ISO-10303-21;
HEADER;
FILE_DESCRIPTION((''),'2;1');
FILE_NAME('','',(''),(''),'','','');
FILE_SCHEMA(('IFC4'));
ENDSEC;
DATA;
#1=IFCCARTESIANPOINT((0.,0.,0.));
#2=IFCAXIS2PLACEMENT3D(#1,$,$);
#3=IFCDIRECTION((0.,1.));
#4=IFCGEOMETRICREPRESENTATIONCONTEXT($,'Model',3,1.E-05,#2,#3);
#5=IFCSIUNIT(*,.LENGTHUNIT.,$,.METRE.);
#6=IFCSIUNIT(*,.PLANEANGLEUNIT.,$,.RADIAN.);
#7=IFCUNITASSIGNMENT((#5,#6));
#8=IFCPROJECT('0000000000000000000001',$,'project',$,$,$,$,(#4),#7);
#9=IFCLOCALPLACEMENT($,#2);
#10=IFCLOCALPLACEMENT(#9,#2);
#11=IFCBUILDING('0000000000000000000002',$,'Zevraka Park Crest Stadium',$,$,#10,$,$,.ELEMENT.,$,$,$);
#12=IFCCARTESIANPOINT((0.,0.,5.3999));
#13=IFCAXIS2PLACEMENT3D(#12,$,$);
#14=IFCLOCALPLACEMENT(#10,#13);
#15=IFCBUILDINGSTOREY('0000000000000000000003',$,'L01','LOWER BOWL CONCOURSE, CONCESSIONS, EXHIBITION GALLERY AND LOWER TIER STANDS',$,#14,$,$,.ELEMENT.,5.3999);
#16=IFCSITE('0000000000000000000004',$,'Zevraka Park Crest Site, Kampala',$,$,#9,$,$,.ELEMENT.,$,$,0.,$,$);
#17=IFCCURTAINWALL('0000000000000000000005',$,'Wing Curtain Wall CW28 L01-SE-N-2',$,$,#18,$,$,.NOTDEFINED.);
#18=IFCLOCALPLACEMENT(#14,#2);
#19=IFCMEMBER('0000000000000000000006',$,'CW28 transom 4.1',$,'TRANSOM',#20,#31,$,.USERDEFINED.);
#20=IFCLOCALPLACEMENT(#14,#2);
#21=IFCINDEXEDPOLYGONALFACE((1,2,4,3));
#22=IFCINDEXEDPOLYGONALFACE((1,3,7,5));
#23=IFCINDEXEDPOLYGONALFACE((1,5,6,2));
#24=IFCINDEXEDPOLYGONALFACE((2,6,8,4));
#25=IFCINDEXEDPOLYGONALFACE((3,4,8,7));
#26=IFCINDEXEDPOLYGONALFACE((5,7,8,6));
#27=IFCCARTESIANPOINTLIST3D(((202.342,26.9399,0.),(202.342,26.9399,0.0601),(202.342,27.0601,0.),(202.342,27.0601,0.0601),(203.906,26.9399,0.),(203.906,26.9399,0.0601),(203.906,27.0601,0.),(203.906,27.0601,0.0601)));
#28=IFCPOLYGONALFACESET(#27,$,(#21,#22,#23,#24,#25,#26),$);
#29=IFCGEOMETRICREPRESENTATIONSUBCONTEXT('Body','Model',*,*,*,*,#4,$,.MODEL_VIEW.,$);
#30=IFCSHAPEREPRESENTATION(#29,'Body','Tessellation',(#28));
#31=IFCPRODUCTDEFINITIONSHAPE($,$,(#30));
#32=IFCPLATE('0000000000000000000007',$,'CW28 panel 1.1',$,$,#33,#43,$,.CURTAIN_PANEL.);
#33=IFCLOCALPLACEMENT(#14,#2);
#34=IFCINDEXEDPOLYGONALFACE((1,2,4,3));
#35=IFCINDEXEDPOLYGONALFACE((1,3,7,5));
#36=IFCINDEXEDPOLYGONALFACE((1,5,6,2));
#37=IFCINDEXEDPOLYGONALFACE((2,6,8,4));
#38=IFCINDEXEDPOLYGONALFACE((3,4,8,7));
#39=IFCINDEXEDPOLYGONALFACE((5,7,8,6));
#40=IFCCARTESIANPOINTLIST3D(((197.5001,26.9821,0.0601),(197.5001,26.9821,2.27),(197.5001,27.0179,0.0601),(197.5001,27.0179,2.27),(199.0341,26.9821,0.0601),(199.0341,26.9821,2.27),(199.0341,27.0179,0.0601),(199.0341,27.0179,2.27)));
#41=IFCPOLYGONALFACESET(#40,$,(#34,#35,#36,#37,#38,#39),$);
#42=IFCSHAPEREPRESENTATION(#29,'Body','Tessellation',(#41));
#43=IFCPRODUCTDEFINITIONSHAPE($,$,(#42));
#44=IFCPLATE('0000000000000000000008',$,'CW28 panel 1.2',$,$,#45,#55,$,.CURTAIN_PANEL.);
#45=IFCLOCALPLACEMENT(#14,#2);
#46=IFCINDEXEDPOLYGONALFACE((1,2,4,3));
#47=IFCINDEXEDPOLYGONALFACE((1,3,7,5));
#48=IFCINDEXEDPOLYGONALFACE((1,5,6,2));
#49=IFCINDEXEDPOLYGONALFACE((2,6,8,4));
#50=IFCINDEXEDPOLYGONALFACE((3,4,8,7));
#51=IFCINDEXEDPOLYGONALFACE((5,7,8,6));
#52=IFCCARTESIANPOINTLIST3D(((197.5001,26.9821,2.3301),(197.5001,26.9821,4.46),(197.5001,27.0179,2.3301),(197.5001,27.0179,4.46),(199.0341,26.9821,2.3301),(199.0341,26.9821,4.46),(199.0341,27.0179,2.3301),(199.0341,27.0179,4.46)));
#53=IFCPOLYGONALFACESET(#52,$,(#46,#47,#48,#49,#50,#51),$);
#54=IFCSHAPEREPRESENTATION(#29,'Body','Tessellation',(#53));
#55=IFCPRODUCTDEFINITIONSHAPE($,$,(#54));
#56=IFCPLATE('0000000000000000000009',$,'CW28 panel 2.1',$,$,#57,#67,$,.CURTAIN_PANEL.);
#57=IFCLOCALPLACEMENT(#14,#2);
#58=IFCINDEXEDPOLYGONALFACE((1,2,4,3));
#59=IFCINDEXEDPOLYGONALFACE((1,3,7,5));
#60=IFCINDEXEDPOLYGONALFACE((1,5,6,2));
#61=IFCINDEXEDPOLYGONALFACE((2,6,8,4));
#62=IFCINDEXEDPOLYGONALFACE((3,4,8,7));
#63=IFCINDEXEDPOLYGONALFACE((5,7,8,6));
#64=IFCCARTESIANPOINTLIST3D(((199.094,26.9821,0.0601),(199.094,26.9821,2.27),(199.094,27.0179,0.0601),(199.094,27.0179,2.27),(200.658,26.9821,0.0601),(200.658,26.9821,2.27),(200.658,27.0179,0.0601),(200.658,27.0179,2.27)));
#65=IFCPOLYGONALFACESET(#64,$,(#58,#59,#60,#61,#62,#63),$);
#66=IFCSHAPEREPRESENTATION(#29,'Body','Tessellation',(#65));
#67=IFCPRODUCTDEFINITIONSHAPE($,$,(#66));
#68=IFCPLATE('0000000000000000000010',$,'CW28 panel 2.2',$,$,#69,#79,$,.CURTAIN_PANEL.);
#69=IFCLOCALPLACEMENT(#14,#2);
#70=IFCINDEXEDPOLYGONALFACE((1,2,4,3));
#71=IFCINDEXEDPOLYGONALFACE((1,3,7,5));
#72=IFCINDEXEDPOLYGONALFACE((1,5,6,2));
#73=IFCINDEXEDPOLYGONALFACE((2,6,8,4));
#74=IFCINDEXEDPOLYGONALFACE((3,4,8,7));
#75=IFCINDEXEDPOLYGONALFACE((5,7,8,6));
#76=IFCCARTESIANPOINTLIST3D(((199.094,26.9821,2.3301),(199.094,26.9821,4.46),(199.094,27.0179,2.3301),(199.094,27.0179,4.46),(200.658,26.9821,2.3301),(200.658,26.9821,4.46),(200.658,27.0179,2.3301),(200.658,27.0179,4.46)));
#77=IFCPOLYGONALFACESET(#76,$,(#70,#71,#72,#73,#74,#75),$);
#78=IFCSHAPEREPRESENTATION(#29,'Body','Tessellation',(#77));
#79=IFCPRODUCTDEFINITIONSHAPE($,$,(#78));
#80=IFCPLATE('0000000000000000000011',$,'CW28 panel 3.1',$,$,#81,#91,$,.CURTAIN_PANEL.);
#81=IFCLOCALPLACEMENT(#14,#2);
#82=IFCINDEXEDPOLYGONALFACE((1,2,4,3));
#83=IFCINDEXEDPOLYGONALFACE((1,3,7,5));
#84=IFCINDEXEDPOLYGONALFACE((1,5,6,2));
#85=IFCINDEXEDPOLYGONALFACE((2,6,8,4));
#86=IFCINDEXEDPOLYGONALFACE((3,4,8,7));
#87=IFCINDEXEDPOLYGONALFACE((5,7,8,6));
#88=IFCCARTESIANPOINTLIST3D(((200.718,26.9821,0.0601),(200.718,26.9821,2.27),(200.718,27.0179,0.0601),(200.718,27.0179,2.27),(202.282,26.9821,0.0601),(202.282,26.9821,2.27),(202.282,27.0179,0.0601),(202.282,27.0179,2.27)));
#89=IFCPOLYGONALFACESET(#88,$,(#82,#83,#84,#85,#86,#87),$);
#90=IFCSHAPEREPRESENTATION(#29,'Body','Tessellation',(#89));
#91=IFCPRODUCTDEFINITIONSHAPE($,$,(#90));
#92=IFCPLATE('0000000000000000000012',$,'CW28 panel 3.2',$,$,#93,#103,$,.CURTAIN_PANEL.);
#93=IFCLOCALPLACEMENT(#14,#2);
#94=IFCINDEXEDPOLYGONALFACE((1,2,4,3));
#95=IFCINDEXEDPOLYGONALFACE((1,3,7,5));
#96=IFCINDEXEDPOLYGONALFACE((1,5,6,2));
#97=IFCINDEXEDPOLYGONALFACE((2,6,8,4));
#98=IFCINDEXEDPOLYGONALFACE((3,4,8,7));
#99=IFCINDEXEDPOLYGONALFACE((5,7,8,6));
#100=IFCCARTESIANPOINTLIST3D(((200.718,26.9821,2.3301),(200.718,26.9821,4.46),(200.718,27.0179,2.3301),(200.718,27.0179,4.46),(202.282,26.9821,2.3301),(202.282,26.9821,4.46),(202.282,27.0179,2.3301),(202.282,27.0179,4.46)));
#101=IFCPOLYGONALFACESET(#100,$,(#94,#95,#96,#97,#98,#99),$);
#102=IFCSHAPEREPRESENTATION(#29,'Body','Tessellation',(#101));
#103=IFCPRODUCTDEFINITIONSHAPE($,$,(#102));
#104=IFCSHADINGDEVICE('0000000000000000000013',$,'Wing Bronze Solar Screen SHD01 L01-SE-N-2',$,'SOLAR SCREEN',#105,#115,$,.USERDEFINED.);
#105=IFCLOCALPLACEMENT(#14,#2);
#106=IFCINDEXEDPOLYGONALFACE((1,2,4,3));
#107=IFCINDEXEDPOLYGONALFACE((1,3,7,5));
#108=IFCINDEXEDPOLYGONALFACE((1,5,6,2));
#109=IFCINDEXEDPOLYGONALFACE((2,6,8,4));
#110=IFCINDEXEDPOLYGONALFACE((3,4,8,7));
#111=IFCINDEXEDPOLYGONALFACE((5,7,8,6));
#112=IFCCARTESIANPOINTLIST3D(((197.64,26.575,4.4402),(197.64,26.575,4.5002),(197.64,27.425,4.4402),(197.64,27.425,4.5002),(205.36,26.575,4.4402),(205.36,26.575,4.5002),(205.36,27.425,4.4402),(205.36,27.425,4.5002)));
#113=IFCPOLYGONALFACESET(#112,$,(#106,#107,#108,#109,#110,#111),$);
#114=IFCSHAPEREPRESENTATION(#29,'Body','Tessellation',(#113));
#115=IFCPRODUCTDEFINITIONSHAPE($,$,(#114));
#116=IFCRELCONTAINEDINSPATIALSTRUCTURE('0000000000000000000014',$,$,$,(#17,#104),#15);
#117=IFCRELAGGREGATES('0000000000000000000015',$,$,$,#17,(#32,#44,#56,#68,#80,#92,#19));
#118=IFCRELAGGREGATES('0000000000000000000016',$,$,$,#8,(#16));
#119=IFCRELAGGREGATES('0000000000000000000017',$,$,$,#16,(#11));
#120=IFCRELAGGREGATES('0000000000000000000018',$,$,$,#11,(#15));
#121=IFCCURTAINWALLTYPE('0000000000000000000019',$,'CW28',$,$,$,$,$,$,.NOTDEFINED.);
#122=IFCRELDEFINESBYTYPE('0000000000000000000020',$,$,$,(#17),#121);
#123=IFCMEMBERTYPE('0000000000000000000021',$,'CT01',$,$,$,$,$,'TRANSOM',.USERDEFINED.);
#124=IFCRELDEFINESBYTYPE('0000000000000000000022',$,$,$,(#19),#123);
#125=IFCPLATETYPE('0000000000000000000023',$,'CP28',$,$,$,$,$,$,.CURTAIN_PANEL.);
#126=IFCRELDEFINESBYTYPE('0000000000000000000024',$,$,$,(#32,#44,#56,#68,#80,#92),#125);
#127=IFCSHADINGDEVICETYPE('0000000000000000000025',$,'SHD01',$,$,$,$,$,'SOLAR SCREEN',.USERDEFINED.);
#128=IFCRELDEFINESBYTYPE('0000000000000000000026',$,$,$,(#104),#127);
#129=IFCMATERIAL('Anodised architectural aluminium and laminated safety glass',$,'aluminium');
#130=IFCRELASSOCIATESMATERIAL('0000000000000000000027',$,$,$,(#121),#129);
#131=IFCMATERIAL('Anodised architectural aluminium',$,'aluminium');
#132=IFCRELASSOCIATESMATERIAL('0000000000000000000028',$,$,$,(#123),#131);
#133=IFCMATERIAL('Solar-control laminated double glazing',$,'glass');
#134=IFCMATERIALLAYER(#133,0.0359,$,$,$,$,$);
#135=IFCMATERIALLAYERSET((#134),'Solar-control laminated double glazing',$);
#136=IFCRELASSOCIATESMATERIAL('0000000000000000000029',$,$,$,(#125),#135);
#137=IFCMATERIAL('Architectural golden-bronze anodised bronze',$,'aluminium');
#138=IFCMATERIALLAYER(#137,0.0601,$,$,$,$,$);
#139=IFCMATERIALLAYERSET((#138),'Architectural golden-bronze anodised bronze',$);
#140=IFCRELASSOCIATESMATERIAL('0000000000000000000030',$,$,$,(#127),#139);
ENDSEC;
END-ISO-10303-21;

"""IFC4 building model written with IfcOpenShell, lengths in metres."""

from ifc_helpers import new_model, si_unit, direction, frame, origin, origin_2d, place, context, subcontext, project, spatial, rectangle, extrude, material, layer, layer_set, material_profile, profile_set, type_object, element, aggregate, save


model = new_model("IFC4")

# Units and contexts
model_context = context("Model", 3, precision=1e-05, world=origin(), true_north=direction((0.0, 1.0)))
body_context = subcontext(model_context, "Body", "Model", "MODEL_VIEW")
ifc_project = project(units=[si_unit("LENGTHUNIT", "METRE"), si_unit("PLANEANGLEUNIT", "RADIAN")], contexts=[model_context])

# Site, building, storey
site_placement = place(None, origin())
site = spatial("IfcSite", under=ifc_project, at=site_placement, Name="Zevraka Park Crest Site, Kampala", CompositionType="ELEMENT", RefElevation=0.0)
building_placement = place(site_placement, origin())
building = spatial("IfcBuilding", under=site, at=building_placement, Name="Zevraka Park Crest Stadium", CompositionType="ELEMENT")
storey_placement = place(building_placement, frame((0.0, 0.0, 5.3999)))
storey = spatial("IfcBuildingStorey", under=building, at=storey_placement, Name="L01", Description="LOWER BOWL CONCOURSE, CONCESSIONS, EXHIBITION GALLERY AND LOWER TIER STANDS", CompositionType="ELEMENT", Elevation=5.3999)

# Curtain wall, member, plates
ifc_material_1 = material(Name="Anodised architectural aluminium and laminated safety glass", Category="aluminium")
curtain_wall_type = type_object("IfcCurtainWallType", Name="CW28", PredefinedType="NOTDEFINED", material=ifc_material_1)
curtain_wall_placement = place(storey_placement, origin())
curtain_wall = element("IfcCurtainWall", 1, at=curtain_wall_placement, inside=storey, type_object=curtain_wall_type, Name="Wing Curtain Wall CW28 L01-SE-N-2", PredefinedType="NOTDEFINED")
ifc_material_2 = material(Name="Anodised architectural aluminium", Category="aluminium")
ifc_material_profile_1 = material_profile(ifc_material_2, rectangle(XDim=0.1201, YDim=0.0601, at=origin_2d()), Name="ALU TRANSOM 120x60")
ifc_profile_set_1 = profile_set([ifc_material_profile_1], Name="Anodised architectural aluminium")
member_type_1 = type_object("IfcMemberType", Name="CT01", ElementType="TRANSOM", PredefinedType="USERDEFINED", material=ifc_profile_set_1)
member_1_placement = place(storey_placement, frame((202.342, 27.0, 0.03), z_axis=(1.0, 0.0, 0.0), x_axis=(0.0, 1.0, 0.0)))
member_1 = element("IfcMember", 2, at=member_1_placement, type_object=member_type_1, Name="CW28 transom 4.1", ObjectType="TRANSOM", PredefinedType="USERDEFINED", context=body_context, shape_type="SweptSolid", body=[
    extrude(rectangle(XDim=0.1201, YDim=0.0601, at=origin_2d()), origin(), (0.0, 0.0, 1.0), 1.564),
])
ifc_material_3 = material(Name="Solar-control laminated double glazing", Category="glass")
ifc_layer_1 = layer(ifc_material_3, 0.0359)
ifc_layer_set_1 = layer_set([ifc_layer_1], Name="Solar-control laminated double glazing")
plate_type = type_object("IfcPlateType", Name="CP28", PredefinedType="CURTAIN_PANEL", material=ifc_layer_set_1)
plate_1_placement = place(storey_placement, frame((198.2671, 27.0, 0.0601), z_axis=(0.0, 0.0, 1.0), x_axis=(1.0, 0.0, 0.0)))
plate_1 = element("IfcPlate", 3, at=plate_1_placement, type_object=plate_type, Name="CW28 panel 1.1", PredefinedType="CURTAIN_PANEL", context=body_context, shape_type="SweptSolid", body=[
    extrude(rectangle(XDim=1.5339, YDim=0.0359, at=origin_2d()), origin(), (0.0, 0.0, 1.0), 2.21),
])
plate_2_placement = place(storey_placement, frame((198.2671, 27.0, 2.3301), z_axis=(0.0, 0.0, 1.0), x_axis=(1.0, 0.0, 0.0)))
plate_2 = element("IfcPlate", 4, at=plate_2_placement, type_object=plate_type, Name="CW28 panel 1.2", PredefinedType="CURTAIN_PANEL", context=body_context, shape_type="SweptSolid", body=[
    extrude(rectangle(XDim=1.5339, YDim=0.0359, at=origin_2d()), origin(), (0.0, 0.0, 1.0), 2.1299),
])
plate_3_placement = place(storey_placement, frame((199.876, 27.0, 0.0601), z_axis=(0.0, 0.0, 1.0), x_axis=(1.0, 0.0, 0.0)))
plate_3 = element("IfcPlate", 5, at=plate_3_placement, type_object=plate_type, Name="CW28 panel 2.1", PredefinedType="CURTAIN_PANEL", context=body_context, shape_type="SweptSolid", body=[
    extrude(rectangle(XDim=1.564, YDim=0.0359, at=origin_2d()), origin(), (0.0, 0.0, 1.0), 2.21),
])
plate_4_placement = place(storey_placement, frame((199.876, 27.0, 2.3301), z_axis=(0.0, 0.0, 1.0), x_axis=(1.0, 0.0, 0.0)))
plate_4 = element("IfcPlate", 6, at=plate_4_placement, type_object=plate_type, Name="CW28 panel 2.2", PredefinedType="CURTAIN_PANEL", context=body_context, shape_type="SweptSolid", body=[
    extrude(rectangle(XDim=1.564, YDim=0.0359, at=origin_2d()), origin(), (0.0, 0.0, 1.0), 2.1299),
])
plate_5_placement = place(storey_placement, frame((201.5, 27.0, 0.0601), z_axis=(0.0, 0.0, 1.0), x_axis=(1.0, 0.0, 0.0)))
plate_5 = element("IfcPlate", 7, at=plate_5_placement, type_object=plate_type, Name="CW28 panel 3.1", PredefinedType="CURTAIN_PANEL", context=body_context, shape_type="SweptSolid", body=[
    extrude(rectangle(XDim=1.564, YDim=0.0359, at=origin_2d()), origin(), (0.0, 0.0, 1.0), 2.21),
])
plate_6_placement = place(storey_placement, frame((201.5, 27.0, 2.3301), z_axis=(0.0, 0.0, 1.0), x_axis=(1.0, 0.0, 0.0)))
plate_6 = element("IfcPlate", 8, at=plate_6_placement, type_object=plate_type, Name="CW28 panel 3.2", PredefinedType="CURTAIN_PANEL", context=body_context, shape_type="SweptSolid", body=[
    extrude(rectangle(XDim=1.564, YDim=0.0359, at=origin_2d()), origin(), (0.0, 0.0, 1.0), 2.1299),
])
aggregate(curtain_wall, [plate_1, plate_2, plate_3, plate_4, plate_5, plate_6, member_1])

# Shading device
ifc_material_4 = material(Name="Architectural golden-bronze anodised bronze", Category="aluminium")
ifc_layer_2 = layer(ifc_material_4, 0.0601)
ifc_layer_set_2 = layer_set([ifc_layer_2], Name="Architectural golden-bronze anodised bronze")
shading_device_type = type_object("IfcShadingDeviceType", Name="SHD01", ElementType="SOLAR SCREEN", PredefinedType="USERDEFINED", material=ifc_layer_set_2)
shading_device_placement = place(storey_placement, frame((201.5, 27.0, 4.4402), z_axis=(0.0, 0.0, 1.0), x_axis=(1.0, 0.0, 0.0)))
element("IfcShadingDevice", 9, at=shading_device_placement, inside=storey, type_object=shading_device_type, Name="Wing Bronze Solar Screen SHD01 L01-SE-N-2", ObjectType="SOLAR SCREEN", PredefinedType="USERDEFINED", context=body_context, shape_type="SweptSolid", body=[
    extrude(rectangle(XDim=7.72, YDim=0.8501, at=origin_2d()), origin(), (0.0, 0.0, 1.0), 0.0601),
])

save(model, "model.ifc")
